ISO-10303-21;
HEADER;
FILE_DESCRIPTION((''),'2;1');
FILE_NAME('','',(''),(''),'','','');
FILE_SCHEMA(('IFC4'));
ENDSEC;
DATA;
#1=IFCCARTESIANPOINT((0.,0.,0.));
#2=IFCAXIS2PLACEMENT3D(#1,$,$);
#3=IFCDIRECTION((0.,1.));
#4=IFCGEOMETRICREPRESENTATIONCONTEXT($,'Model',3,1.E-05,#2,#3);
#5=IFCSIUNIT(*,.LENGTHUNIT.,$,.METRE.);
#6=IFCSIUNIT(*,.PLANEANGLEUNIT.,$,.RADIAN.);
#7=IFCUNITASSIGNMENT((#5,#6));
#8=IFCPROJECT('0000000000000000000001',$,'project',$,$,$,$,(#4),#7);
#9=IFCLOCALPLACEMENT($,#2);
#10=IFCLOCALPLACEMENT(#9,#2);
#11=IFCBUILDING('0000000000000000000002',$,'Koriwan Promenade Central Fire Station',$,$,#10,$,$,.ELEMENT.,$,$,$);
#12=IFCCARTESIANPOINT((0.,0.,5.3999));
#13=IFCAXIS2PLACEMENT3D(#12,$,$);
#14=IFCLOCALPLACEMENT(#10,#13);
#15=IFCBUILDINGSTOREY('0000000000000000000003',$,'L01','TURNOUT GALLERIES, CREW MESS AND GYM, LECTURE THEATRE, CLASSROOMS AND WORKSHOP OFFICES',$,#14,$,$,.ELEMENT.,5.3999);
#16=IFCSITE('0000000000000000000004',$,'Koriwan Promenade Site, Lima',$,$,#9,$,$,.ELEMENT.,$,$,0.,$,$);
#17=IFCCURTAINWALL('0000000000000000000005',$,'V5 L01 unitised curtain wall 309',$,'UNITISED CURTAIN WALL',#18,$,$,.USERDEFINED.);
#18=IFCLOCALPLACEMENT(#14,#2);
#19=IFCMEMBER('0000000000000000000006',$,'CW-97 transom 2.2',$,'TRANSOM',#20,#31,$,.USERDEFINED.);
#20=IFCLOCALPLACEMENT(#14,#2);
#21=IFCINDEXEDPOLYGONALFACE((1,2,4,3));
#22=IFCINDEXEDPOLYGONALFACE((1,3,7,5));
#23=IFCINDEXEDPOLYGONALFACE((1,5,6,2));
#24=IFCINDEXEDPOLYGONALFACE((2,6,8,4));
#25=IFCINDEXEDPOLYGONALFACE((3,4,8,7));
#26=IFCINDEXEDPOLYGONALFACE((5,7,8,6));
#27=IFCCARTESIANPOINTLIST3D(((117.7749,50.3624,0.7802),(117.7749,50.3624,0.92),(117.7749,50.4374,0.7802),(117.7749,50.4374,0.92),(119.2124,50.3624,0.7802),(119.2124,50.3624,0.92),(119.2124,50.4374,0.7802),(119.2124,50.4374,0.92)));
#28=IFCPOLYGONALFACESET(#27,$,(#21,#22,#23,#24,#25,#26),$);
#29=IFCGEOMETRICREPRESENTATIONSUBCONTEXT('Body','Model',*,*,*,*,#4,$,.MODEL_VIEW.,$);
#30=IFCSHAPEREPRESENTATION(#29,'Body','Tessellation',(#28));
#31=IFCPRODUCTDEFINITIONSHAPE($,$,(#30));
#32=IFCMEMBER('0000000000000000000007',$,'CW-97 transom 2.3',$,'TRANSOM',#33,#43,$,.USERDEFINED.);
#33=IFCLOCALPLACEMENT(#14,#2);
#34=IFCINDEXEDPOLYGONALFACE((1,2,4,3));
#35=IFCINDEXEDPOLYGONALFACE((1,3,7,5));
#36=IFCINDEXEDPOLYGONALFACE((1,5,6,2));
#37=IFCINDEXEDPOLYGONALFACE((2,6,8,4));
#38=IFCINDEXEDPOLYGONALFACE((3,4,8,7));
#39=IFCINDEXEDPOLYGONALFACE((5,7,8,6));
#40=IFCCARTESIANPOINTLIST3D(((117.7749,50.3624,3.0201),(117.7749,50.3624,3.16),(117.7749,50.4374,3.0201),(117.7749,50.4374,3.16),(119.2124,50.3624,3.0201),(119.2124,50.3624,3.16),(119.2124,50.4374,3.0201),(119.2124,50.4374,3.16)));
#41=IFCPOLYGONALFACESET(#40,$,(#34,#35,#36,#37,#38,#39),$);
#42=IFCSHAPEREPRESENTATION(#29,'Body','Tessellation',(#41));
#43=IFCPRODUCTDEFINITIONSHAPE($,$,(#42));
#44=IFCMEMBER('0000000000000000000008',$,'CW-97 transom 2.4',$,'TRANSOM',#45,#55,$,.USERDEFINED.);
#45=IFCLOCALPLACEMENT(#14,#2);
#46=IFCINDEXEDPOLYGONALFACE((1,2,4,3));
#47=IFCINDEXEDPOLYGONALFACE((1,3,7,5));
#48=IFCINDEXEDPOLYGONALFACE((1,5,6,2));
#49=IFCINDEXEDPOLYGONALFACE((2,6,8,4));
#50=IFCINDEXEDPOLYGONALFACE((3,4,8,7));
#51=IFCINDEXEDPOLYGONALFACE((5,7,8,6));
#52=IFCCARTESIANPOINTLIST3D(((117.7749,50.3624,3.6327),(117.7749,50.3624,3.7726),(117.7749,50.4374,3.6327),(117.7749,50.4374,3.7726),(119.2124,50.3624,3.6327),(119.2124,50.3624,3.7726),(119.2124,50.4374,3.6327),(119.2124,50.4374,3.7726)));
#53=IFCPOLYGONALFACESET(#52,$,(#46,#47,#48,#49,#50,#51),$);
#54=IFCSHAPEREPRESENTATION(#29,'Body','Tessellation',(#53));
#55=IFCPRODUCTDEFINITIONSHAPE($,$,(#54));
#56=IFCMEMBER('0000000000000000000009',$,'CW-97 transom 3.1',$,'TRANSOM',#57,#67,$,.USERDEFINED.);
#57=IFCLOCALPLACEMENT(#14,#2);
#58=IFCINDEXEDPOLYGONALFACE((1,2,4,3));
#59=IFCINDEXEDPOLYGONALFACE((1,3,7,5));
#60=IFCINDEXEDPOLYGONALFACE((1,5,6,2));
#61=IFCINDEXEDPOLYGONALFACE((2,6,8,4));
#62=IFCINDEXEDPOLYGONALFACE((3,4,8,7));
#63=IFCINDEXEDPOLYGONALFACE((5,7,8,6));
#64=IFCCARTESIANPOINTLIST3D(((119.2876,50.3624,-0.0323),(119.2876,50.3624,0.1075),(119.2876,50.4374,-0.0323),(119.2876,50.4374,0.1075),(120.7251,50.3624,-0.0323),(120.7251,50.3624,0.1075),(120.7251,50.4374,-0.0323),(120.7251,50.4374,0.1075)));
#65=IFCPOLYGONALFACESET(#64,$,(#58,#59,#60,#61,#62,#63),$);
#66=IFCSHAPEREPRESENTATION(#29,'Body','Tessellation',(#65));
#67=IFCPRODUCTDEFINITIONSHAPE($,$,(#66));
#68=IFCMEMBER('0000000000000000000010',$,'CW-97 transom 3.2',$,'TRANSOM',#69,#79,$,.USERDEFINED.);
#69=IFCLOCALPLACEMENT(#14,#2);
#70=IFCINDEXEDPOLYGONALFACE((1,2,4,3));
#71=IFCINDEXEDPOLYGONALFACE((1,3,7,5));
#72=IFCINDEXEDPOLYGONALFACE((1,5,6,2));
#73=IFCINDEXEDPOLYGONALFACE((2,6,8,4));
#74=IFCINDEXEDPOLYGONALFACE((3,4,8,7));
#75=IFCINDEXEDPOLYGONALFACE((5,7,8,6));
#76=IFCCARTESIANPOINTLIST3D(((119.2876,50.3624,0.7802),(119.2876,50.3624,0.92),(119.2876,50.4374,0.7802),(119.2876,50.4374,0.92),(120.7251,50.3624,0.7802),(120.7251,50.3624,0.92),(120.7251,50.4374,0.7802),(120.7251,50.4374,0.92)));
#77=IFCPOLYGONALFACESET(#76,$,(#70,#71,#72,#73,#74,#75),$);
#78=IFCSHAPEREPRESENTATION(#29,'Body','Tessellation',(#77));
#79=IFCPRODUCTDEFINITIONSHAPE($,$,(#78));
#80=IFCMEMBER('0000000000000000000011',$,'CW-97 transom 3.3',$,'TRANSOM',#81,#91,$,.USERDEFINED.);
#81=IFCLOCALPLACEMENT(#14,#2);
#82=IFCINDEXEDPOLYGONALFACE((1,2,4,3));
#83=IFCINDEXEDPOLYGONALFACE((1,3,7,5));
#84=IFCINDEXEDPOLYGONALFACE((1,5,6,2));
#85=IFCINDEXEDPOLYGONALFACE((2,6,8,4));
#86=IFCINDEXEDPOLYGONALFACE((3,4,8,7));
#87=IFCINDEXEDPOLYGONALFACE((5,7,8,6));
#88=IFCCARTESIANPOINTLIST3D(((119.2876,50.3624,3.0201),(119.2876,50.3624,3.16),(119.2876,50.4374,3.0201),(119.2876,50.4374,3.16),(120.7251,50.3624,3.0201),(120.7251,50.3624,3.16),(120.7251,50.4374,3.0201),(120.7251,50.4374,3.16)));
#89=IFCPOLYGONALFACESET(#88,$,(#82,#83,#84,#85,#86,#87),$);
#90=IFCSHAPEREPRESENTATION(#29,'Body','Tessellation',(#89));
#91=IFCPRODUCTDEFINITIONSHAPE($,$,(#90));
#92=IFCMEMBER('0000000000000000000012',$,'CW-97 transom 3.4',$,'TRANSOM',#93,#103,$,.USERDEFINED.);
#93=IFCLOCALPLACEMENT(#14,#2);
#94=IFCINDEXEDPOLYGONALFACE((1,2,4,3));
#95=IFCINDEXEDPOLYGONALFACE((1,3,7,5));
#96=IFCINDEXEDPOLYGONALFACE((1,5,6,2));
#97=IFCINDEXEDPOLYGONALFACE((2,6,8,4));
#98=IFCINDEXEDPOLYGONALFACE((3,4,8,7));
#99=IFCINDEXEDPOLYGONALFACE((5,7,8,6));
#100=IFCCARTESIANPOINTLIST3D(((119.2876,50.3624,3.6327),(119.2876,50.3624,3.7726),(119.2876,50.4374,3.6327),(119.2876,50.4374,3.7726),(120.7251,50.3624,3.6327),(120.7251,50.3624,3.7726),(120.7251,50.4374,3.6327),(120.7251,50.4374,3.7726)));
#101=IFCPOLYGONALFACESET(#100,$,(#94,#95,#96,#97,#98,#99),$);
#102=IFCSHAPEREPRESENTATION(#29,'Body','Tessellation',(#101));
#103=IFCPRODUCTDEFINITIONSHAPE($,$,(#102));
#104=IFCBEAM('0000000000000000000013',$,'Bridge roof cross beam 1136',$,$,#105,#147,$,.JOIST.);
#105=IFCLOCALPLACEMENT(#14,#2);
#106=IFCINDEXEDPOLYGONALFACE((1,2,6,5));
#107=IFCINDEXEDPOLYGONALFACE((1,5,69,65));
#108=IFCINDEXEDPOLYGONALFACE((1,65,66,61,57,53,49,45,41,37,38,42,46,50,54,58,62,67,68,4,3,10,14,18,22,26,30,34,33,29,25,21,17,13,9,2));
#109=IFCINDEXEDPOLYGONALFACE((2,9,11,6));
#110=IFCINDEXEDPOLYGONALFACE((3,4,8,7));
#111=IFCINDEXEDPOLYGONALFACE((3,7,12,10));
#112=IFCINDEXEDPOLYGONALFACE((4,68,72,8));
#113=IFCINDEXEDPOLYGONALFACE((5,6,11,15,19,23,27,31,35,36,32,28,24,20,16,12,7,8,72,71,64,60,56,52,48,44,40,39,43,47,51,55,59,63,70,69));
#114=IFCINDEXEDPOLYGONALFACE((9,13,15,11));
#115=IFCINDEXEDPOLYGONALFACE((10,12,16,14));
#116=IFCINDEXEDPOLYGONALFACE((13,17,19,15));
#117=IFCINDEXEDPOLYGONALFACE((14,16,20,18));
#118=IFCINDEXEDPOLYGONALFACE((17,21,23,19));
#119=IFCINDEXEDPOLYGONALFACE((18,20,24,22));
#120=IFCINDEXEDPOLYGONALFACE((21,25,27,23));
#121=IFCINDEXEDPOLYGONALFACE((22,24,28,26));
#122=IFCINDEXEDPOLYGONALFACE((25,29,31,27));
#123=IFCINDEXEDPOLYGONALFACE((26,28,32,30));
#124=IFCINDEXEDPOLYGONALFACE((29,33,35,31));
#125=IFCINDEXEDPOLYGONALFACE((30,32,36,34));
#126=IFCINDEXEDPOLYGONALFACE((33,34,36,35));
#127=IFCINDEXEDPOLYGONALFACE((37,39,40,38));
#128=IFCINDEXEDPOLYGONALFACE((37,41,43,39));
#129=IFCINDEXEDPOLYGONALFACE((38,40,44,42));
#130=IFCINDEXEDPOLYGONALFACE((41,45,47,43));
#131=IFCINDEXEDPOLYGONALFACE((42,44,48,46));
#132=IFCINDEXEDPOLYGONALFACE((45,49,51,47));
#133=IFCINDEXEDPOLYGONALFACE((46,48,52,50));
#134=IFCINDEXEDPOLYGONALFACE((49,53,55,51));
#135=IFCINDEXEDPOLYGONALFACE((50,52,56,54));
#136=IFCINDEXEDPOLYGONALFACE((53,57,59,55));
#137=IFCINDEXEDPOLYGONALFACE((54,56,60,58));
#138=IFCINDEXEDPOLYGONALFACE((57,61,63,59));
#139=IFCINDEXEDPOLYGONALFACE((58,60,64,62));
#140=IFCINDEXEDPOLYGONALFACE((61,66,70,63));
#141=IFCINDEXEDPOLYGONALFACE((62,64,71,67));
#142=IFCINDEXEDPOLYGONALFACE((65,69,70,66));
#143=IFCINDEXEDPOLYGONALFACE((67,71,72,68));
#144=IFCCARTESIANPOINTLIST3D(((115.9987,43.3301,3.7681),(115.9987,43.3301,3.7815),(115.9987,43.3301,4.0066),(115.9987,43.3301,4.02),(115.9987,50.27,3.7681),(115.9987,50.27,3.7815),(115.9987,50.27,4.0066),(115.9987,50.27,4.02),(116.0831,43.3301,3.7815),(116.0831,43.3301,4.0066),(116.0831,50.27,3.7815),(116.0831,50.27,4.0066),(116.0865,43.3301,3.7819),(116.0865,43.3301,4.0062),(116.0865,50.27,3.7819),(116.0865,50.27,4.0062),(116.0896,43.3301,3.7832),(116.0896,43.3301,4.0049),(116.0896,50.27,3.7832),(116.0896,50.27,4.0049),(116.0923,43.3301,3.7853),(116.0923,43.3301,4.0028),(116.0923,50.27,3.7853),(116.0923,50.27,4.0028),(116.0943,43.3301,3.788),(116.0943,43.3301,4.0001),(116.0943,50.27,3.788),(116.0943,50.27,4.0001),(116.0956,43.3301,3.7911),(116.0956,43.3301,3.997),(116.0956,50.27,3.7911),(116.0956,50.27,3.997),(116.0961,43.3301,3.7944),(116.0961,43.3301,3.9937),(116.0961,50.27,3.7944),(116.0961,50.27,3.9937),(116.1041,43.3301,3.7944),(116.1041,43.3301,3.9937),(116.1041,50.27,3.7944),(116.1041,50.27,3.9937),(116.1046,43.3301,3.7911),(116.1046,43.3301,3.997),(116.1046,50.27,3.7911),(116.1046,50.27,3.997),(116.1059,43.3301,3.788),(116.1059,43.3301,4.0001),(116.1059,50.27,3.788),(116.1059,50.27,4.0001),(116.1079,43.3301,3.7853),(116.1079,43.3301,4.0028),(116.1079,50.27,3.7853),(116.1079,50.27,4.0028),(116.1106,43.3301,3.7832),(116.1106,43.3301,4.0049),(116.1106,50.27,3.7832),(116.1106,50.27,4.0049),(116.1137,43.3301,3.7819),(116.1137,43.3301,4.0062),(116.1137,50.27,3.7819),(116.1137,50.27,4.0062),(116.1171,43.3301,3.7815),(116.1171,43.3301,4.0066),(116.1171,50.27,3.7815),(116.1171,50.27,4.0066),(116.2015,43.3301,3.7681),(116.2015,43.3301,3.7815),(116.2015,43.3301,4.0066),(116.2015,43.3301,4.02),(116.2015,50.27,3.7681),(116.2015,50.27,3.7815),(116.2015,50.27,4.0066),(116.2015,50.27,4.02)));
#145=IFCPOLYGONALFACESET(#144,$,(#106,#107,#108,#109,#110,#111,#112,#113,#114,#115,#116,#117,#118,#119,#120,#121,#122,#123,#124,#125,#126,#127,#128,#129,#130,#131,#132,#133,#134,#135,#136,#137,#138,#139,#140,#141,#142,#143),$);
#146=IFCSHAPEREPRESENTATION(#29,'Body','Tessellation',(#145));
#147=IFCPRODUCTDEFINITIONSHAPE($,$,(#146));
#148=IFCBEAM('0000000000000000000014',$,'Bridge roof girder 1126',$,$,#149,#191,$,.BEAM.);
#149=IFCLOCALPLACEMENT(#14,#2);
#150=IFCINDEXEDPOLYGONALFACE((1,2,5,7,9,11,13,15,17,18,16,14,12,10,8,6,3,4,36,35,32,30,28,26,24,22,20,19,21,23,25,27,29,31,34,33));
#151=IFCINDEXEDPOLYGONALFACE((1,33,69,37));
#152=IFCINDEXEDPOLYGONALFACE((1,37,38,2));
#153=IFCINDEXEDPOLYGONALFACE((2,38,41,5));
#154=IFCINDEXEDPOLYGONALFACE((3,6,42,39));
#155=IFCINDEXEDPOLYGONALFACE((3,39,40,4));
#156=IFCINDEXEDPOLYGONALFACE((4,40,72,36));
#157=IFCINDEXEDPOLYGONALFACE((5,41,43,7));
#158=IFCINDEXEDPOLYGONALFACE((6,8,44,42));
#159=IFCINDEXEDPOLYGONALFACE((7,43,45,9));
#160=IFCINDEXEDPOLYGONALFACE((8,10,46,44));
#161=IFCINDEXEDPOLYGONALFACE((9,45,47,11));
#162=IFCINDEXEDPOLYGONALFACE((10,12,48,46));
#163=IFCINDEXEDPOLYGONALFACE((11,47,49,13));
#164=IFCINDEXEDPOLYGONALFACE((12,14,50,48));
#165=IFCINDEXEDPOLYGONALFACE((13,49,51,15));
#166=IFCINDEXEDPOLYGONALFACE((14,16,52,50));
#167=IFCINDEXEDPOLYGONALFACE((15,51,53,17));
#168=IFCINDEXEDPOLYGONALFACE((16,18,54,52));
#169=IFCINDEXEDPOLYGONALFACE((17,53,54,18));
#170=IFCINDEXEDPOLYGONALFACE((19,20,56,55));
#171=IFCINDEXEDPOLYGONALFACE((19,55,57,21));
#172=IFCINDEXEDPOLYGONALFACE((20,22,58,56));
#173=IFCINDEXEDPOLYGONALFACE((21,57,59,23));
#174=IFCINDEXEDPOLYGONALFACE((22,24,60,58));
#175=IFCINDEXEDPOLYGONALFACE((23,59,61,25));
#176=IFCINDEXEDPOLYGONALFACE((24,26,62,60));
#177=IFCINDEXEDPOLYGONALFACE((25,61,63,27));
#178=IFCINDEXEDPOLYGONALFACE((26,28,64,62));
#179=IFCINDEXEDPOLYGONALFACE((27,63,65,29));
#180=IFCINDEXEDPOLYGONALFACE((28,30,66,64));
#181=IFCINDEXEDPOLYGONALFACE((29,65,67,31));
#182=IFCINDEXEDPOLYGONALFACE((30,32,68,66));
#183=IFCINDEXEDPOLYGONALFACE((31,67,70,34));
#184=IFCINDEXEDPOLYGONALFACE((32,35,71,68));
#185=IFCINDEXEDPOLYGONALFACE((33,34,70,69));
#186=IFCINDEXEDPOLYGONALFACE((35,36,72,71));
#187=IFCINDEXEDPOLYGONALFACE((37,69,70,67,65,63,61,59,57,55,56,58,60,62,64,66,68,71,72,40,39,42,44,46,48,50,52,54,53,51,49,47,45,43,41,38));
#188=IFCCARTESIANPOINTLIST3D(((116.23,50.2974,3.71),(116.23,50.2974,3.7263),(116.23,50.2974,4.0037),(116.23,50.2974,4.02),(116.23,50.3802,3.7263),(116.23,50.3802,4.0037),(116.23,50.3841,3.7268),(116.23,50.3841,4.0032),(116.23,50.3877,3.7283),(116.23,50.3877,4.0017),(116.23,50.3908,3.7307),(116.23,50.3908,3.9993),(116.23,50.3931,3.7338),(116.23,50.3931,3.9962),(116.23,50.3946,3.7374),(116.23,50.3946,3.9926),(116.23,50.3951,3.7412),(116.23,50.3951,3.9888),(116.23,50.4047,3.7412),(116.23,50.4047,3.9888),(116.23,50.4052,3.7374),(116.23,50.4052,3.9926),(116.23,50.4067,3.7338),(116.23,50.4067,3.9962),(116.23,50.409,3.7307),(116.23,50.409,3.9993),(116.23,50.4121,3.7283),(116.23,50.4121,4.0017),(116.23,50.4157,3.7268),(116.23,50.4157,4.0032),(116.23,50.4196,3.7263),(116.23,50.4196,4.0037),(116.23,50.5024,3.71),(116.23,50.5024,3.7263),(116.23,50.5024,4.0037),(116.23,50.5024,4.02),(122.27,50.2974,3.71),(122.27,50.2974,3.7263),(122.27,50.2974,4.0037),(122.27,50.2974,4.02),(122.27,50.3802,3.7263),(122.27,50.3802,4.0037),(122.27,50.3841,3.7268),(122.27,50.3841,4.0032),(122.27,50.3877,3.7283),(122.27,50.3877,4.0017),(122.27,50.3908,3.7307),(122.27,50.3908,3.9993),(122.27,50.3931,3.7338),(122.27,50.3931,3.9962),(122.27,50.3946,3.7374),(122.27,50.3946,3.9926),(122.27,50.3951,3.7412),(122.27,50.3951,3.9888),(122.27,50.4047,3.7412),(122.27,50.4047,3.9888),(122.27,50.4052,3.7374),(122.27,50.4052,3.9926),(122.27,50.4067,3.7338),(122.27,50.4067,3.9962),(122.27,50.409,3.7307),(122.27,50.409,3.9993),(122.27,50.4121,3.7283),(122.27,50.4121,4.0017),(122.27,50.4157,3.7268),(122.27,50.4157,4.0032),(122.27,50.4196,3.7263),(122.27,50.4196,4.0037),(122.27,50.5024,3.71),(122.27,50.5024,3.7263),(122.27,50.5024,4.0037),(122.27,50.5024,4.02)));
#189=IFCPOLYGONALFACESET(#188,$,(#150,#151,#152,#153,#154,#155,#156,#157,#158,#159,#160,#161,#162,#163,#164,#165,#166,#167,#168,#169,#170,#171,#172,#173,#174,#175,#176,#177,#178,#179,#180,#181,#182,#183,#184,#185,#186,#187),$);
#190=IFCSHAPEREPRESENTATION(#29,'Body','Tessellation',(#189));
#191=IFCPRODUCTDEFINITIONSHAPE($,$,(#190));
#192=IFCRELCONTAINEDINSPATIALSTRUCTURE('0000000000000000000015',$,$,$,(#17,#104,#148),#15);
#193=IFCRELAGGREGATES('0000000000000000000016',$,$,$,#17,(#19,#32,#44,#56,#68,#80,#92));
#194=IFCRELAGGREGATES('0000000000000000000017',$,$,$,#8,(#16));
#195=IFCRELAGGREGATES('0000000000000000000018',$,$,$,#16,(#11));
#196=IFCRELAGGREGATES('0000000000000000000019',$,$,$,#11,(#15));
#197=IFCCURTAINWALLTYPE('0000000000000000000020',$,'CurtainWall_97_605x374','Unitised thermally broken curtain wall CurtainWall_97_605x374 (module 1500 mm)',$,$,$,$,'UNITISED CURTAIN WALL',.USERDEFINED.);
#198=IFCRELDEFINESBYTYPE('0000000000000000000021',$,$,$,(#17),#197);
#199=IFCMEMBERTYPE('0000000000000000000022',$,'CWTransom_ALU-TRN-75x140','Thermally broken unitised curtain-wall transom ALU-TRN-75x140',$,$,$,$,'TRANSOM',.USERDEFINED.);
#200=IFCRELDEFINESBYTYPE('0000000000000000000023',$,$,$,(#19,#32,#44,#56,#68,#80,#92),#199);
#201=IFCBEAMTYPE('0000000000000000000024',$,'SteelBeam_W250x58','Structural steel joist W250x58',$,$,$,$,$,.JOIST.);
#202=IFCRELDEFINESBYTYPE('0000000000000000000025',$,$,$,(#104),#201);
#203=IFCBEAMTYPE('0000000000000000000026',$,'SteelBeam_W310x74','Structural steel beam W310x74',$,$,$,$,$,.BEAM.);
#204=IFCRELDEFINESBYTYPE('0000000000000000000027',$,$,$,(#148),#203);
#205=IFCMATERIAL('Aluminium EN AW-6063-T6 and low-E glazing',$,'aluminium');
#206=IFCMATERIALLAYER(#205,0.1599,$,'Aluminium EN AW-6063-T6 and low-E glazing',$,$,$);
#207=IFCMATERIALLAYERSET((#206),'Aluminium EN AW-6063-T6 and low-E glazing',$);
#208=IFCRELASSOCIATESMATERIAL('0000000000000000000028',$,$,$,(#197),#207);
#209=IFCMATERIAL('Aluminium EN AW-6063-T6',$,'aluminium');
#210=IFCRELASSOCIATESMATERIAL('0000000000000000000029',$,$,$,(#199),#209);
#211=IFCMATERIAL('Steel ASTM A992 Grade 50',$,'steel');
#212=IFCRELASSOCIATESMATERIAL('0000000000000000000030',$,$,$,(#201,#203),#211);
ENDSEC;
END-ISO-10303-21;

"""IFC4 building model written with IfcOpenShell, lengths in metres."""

from ifc_helpers import new_model, si_unit, direction, frame, origin, origin_2d, place, context, subcontext, project, spatial, rectangle, i_section, extrude, material, layer, layer_set, material_profile, profile_set, type_object, element, aggregate, save


model = new_model("IFC4")

# Units and contexts
model_context = context("Model", 3, precision=1e-05, world=origin(), true_north=direction((0.0, 1.0)))
body_context = subcontext(model_context, "Body", "Model", "MODEL_VIEW")
ifc_project = project(units=[si_unit("LENGTHUNIT", "METRE"), si_unit("PLANEANGLEUNIT", "RADIAN")], contexts=[model_context])

# Site, building, storey
site_placement = place(None, origin())
site = spatial("IfcSite", under=ifc_project, at=site_placement, Name="Koriwan Promenade Site, Lima", CompositionType="ELEMENT", RefElevation=0.0)
building_placement = place(site_placement, origin())
building = spatial("IfcBuilding", under=site, at=building_placement, Name="Koriwan Promenade Central Fire Station", CompositionType="ELEMENT")
storey_placement = place(building_placement, frame((0.0, 0.0, 5.3999)))
storey = spatial("IfcBuildingStorey", under=building, at=storey_placement, Name="L01", Description="TURNOUT GALLERIES, CREW MESS AND GYM, LECTURE THEATRE, CLASSROOMS AND WORKSHOP OFFICES", CompositionType="ELEMENT", Elevation=5.3999)

# Curtain wall, members
ifc_material_1 = material(Name="Aluminium EN AW-6063-T6 and low-E glazing", Category="aluminium")
ifc_layer_1 = layer(ifc_material_1, 0.1599, Name="Aluminium EN AW-6063-T6 and low-E glazing")
ifc_layer_set_1 = layer_set([ifc_layer_1], Name="Aluminium EN AW-6063-T6 and low-E glazing")
curtain_wall_type = type_object("IfcCurtainWallType", Name="CurtainWall_97_605x374", Description="Unitised thermally broken curtain wall CurtainWall_97_605x374 (module 1500 mm)", ElementType="UNITISED CURTAIN WALL", PredefinedType="USERDEFINED", material=ifc_layer_set_1)
curtain_wall_placement = place(storey_placement, origin())
curtain_wall = element("IfcCurtainWall", 1, at=curtain_wall_placement, inside=storey, type_object=curtain_wall_type, Name="V5 L01 unitised curtain wall 309", ObjectType="UNITISED CURTAIN WALL", PredefinedType="USERDEFINED")
ifc_material_2 = material(Name="Aluminium EN AW-6063-T6", Category="aluminium")
ifc_material_profile_1 = material_profile(ifc_material_2, rectangle(XDim=0.075, YDim=0.1399, at=origin_2d()), Name="ALU-TRN-75x140")
ifc_profile_set_1 = profile_set([ifc_material_profile_1], Name="Aluminium EN AW-6063-T6")
member_type_1 = type_object("IfcMemberType", Name="CWTransom_ALU-TRN-75x140", Description="Thermally broken unitised curtain-wall transom ALU-TRN-75x140", ElementType="TRANSOM", PredefinedType="USERDEFINED", material=ifc_profile_set_1)
member_1_placement = place(storey_placement, frame((117.7749, 50.3999, 0.8501), z_axis=(1.0, 0.0, 0.0), x_axis=(0.0, 1.0, 0.0)))
member_1 = element("IfcMember", 2, at=member_1_placement, type_object=member_type_1, Name="CW-97 transom 2.2", ObjectType="TRANSOM", PredefinedType="USERDEFINED", context=body_context, shape_type="SweptSolid", body=[
    extrude(rectangle(XDim=0.075, YDim=0.1399, at=origin_2d()), origin(), (0.0, 0.0, 1.0), 1.4375),
])
member_2_placement = place(storey_placement, frame((117.7749, 50.3999, 3.0901), z_axis=(1.0, 0.0, 0.0), x_axis=(0.0, 1.0, 0.0)))
member_2 = element("IfcMember", 3, at=member_2_placement, type_object=member_type_1, Name="CW-97 transom 2.3", ObjectType="TRANSOM", PredefinedType="USERDEFINED", context=body_context, shape_type="SweptSolid", body=[
    extrude(rectangle(XDim=0.075, YDim=0.1399, at=origin_2d()), origin(), (0.0, 0.0, 1.0), 1.4375),
])
member_3_placement = place(storey_placement, frame((117.7749, 50.3999, 3.7026), z_axis=(1.0, 0.0, 0.0), x_axis=(0.0, 1.0, 0.0)))
member_3 = element("IfcMember", 4, at=member_3_placement, type_object=member_type_1, Name="CW-97 transom 2.4", ObjectType="TRANSOM", PredefinedType="USERDEFINED", context=body_context, shape_type="SweptSolid", body=[
    extrude(rectangle(XDim=0.075, YDim=0.1399, at=origin_2d()), origin(), (0.0, 0.0, 1.0), 1.4375),
])
member_4_placement = place(storey_placement, frame((119.2876, 50.3999, 0.0376), z_axis=(1.0, 0.0, 0.0), x_axis=(0.0, 1.0, 0.0)))
member_4 = element("IfcMember", 5, at=member_4_placement, type_object=member_type_1, Name="CW-97 transom 3.1", ObjectType="TRANSOM", PredefinedType="USERDEFINED", context=body_context, shape_type="SweptSolid", body=[
    extrude(rectangle(XDim=0.075, YDim=0.1399, at=origin_2d()), origin(), (0.0, 0.0, 1.0), 1.4375),
])
member_5_placement = place(storey_placement, frame((119.2876, 50.3999, 0.8501), z_axis=(1.0, 0.0, 0.0), x_axis=(0.0, 1.0, 0.0)))
member_5 = element("IfcMember", 6, at=member_5_placement, type_object=member_type_1, Name="CW-97 transom 3.2", ObjectType="TRANSOM", PredefinedType="USERDEFINED", context=body_context, shape_type="SweptSolid", body=[
    extrude(rectangle(XDim=0.075, YDim=0.1399, at=origin_2d()), origin(), (0.0, 0.0, 1.0), 1.4375),
])
member_6_placement = place(storey_placement, frame((119.2876, 50.3999, 3.0901), z_axis=(1.0, 0.0, 0.0), x_axis=(0.0, 1.0, 0.0)))
member_6 = element("IfcMember", 7, at=member_6_placement, type_object=member_type_1, Name="CW-97 transom 3.3", ObjectType="TRANSOM", PredefinedType="USERDEFINED", context=body_context, shape_type="SweptSolid", body=[
    extrude(rectangle(XDim=0.075, YDim=0.1399, at=origin_2d()), origin(), (0.0, 0.0, 1.0), 1.4375),
])
member_7_placement = place(storey_placement, frame((119.2876, 50.3999, 3.7026), z_axis=(1.0, 0.0, 0.0), x_axis=(0.0, 1.0, 0.0)))
member_7 = element("IfcMember", 8, at=member_7_placement, type_object=member_type_1, Name="CW-97 transom 3.4", ObjectType="TRANSOM", PredefinedType="USERDEFINED", context=body_context, shape_type="SweptSolid", body=[
    extrude(rectangle(XDim=0.075, YDim=0.1399, at=origin_2d()), origin(), (0.0, 0.0, 1.0), 1.4375),
])

# Beams
ifc_material_3 = material(Name="Steel ASTM A992 Grade 50", Category="steel")
ifc_material_profile_2 = material_profile(ifc_material_3, i_section(OverallWidth=0.2029, OverallDepth=0.252, WebThickness=0.0081, FlangeThickness=0.0134, FilletRadius=0.0129, at=origin_2d()), Name="W250x58")
ifc_profile_set_2 = profile_set([ifc_material_profile_2], Name="Steel ASTM A992 Grade 50")
beam_type_1 = type_object("IfcBeamType", Name="SteelBeam_W250x58", Description="Structural steel joist W250x58", PredefinedType="JOIST", material=ifc_profile_set_2)
beam_1_placement = place(storey_placement, frame((116.1001, 43.3301, 3.894), z_axis=(0.0, 1.0, 0.0), x_axis=(-1.0, 0.0, 0.0)))
element("IfcBeam", 9, at=beam_1_placement, inside=storey, type_object=beam_type_1, Name="Bridge roof cross beam 1136", PredefinedType="JOIST", context=body_context, shape_type="SweptSolid", body=[
    extrude(i_section(OverallWidth=0.2029, OverallDepth=0.252, WebThickness=0.0081, FlangeThickness=0.0134, FilletRadius=0.0129, at=origin_2d()), origin(), (0.0, 0.0, 1.0), 6.9399),
])
ifc_material_profile_3 = material_profile(ifc_material_3, i_section(OverallWidth=0.2051, OverallDepth=0.3101, WebThickness=0.0095, FlangeThickness=0.0164, FilletRadius=0.0149, at=origin_2d()), Name="W310x74")
ifc_profile_set_3 = profile_set([ifc_material_profile_3], Name="Steel ASTM A992 Grade 50")
beam_type_2 = type_object("IfcBeamType", Name="SteelBeam_W310x74", Description="Structural steel beam W310x74", PredefinedType="BEAM", material=ifc_profile_set_3)
beam_2_placement = place(storey_placement, frame((116.23, 50.3999, 3.865), z_axis=(1.0, 0.0, 0.0), x_axis=(0.0, 1.0, 0.0)))
element("IfcBeam", 10, at=beam_2_placement, inside=storey, type_object=beam_type_2, Name="Bridge roof girder 1126", PredefinedType="BEAM", context=body_context, shape_type="SweptSolid", body=[
    extrude(i_section(OverallWidth=0.2051, OverallDepth=0.3101, WebThickness=0.0095, FlangeThickness=0.0164, FilletRadius=0.0149, at=origin_2d()), origin(), (0.0, 0.0, 1.0), 6.04),
])

aggregate(curtain_wall, [member_1, member_2, member_3, member_4, member_5, member_6, member_7])

save(model, "model.ifc")
